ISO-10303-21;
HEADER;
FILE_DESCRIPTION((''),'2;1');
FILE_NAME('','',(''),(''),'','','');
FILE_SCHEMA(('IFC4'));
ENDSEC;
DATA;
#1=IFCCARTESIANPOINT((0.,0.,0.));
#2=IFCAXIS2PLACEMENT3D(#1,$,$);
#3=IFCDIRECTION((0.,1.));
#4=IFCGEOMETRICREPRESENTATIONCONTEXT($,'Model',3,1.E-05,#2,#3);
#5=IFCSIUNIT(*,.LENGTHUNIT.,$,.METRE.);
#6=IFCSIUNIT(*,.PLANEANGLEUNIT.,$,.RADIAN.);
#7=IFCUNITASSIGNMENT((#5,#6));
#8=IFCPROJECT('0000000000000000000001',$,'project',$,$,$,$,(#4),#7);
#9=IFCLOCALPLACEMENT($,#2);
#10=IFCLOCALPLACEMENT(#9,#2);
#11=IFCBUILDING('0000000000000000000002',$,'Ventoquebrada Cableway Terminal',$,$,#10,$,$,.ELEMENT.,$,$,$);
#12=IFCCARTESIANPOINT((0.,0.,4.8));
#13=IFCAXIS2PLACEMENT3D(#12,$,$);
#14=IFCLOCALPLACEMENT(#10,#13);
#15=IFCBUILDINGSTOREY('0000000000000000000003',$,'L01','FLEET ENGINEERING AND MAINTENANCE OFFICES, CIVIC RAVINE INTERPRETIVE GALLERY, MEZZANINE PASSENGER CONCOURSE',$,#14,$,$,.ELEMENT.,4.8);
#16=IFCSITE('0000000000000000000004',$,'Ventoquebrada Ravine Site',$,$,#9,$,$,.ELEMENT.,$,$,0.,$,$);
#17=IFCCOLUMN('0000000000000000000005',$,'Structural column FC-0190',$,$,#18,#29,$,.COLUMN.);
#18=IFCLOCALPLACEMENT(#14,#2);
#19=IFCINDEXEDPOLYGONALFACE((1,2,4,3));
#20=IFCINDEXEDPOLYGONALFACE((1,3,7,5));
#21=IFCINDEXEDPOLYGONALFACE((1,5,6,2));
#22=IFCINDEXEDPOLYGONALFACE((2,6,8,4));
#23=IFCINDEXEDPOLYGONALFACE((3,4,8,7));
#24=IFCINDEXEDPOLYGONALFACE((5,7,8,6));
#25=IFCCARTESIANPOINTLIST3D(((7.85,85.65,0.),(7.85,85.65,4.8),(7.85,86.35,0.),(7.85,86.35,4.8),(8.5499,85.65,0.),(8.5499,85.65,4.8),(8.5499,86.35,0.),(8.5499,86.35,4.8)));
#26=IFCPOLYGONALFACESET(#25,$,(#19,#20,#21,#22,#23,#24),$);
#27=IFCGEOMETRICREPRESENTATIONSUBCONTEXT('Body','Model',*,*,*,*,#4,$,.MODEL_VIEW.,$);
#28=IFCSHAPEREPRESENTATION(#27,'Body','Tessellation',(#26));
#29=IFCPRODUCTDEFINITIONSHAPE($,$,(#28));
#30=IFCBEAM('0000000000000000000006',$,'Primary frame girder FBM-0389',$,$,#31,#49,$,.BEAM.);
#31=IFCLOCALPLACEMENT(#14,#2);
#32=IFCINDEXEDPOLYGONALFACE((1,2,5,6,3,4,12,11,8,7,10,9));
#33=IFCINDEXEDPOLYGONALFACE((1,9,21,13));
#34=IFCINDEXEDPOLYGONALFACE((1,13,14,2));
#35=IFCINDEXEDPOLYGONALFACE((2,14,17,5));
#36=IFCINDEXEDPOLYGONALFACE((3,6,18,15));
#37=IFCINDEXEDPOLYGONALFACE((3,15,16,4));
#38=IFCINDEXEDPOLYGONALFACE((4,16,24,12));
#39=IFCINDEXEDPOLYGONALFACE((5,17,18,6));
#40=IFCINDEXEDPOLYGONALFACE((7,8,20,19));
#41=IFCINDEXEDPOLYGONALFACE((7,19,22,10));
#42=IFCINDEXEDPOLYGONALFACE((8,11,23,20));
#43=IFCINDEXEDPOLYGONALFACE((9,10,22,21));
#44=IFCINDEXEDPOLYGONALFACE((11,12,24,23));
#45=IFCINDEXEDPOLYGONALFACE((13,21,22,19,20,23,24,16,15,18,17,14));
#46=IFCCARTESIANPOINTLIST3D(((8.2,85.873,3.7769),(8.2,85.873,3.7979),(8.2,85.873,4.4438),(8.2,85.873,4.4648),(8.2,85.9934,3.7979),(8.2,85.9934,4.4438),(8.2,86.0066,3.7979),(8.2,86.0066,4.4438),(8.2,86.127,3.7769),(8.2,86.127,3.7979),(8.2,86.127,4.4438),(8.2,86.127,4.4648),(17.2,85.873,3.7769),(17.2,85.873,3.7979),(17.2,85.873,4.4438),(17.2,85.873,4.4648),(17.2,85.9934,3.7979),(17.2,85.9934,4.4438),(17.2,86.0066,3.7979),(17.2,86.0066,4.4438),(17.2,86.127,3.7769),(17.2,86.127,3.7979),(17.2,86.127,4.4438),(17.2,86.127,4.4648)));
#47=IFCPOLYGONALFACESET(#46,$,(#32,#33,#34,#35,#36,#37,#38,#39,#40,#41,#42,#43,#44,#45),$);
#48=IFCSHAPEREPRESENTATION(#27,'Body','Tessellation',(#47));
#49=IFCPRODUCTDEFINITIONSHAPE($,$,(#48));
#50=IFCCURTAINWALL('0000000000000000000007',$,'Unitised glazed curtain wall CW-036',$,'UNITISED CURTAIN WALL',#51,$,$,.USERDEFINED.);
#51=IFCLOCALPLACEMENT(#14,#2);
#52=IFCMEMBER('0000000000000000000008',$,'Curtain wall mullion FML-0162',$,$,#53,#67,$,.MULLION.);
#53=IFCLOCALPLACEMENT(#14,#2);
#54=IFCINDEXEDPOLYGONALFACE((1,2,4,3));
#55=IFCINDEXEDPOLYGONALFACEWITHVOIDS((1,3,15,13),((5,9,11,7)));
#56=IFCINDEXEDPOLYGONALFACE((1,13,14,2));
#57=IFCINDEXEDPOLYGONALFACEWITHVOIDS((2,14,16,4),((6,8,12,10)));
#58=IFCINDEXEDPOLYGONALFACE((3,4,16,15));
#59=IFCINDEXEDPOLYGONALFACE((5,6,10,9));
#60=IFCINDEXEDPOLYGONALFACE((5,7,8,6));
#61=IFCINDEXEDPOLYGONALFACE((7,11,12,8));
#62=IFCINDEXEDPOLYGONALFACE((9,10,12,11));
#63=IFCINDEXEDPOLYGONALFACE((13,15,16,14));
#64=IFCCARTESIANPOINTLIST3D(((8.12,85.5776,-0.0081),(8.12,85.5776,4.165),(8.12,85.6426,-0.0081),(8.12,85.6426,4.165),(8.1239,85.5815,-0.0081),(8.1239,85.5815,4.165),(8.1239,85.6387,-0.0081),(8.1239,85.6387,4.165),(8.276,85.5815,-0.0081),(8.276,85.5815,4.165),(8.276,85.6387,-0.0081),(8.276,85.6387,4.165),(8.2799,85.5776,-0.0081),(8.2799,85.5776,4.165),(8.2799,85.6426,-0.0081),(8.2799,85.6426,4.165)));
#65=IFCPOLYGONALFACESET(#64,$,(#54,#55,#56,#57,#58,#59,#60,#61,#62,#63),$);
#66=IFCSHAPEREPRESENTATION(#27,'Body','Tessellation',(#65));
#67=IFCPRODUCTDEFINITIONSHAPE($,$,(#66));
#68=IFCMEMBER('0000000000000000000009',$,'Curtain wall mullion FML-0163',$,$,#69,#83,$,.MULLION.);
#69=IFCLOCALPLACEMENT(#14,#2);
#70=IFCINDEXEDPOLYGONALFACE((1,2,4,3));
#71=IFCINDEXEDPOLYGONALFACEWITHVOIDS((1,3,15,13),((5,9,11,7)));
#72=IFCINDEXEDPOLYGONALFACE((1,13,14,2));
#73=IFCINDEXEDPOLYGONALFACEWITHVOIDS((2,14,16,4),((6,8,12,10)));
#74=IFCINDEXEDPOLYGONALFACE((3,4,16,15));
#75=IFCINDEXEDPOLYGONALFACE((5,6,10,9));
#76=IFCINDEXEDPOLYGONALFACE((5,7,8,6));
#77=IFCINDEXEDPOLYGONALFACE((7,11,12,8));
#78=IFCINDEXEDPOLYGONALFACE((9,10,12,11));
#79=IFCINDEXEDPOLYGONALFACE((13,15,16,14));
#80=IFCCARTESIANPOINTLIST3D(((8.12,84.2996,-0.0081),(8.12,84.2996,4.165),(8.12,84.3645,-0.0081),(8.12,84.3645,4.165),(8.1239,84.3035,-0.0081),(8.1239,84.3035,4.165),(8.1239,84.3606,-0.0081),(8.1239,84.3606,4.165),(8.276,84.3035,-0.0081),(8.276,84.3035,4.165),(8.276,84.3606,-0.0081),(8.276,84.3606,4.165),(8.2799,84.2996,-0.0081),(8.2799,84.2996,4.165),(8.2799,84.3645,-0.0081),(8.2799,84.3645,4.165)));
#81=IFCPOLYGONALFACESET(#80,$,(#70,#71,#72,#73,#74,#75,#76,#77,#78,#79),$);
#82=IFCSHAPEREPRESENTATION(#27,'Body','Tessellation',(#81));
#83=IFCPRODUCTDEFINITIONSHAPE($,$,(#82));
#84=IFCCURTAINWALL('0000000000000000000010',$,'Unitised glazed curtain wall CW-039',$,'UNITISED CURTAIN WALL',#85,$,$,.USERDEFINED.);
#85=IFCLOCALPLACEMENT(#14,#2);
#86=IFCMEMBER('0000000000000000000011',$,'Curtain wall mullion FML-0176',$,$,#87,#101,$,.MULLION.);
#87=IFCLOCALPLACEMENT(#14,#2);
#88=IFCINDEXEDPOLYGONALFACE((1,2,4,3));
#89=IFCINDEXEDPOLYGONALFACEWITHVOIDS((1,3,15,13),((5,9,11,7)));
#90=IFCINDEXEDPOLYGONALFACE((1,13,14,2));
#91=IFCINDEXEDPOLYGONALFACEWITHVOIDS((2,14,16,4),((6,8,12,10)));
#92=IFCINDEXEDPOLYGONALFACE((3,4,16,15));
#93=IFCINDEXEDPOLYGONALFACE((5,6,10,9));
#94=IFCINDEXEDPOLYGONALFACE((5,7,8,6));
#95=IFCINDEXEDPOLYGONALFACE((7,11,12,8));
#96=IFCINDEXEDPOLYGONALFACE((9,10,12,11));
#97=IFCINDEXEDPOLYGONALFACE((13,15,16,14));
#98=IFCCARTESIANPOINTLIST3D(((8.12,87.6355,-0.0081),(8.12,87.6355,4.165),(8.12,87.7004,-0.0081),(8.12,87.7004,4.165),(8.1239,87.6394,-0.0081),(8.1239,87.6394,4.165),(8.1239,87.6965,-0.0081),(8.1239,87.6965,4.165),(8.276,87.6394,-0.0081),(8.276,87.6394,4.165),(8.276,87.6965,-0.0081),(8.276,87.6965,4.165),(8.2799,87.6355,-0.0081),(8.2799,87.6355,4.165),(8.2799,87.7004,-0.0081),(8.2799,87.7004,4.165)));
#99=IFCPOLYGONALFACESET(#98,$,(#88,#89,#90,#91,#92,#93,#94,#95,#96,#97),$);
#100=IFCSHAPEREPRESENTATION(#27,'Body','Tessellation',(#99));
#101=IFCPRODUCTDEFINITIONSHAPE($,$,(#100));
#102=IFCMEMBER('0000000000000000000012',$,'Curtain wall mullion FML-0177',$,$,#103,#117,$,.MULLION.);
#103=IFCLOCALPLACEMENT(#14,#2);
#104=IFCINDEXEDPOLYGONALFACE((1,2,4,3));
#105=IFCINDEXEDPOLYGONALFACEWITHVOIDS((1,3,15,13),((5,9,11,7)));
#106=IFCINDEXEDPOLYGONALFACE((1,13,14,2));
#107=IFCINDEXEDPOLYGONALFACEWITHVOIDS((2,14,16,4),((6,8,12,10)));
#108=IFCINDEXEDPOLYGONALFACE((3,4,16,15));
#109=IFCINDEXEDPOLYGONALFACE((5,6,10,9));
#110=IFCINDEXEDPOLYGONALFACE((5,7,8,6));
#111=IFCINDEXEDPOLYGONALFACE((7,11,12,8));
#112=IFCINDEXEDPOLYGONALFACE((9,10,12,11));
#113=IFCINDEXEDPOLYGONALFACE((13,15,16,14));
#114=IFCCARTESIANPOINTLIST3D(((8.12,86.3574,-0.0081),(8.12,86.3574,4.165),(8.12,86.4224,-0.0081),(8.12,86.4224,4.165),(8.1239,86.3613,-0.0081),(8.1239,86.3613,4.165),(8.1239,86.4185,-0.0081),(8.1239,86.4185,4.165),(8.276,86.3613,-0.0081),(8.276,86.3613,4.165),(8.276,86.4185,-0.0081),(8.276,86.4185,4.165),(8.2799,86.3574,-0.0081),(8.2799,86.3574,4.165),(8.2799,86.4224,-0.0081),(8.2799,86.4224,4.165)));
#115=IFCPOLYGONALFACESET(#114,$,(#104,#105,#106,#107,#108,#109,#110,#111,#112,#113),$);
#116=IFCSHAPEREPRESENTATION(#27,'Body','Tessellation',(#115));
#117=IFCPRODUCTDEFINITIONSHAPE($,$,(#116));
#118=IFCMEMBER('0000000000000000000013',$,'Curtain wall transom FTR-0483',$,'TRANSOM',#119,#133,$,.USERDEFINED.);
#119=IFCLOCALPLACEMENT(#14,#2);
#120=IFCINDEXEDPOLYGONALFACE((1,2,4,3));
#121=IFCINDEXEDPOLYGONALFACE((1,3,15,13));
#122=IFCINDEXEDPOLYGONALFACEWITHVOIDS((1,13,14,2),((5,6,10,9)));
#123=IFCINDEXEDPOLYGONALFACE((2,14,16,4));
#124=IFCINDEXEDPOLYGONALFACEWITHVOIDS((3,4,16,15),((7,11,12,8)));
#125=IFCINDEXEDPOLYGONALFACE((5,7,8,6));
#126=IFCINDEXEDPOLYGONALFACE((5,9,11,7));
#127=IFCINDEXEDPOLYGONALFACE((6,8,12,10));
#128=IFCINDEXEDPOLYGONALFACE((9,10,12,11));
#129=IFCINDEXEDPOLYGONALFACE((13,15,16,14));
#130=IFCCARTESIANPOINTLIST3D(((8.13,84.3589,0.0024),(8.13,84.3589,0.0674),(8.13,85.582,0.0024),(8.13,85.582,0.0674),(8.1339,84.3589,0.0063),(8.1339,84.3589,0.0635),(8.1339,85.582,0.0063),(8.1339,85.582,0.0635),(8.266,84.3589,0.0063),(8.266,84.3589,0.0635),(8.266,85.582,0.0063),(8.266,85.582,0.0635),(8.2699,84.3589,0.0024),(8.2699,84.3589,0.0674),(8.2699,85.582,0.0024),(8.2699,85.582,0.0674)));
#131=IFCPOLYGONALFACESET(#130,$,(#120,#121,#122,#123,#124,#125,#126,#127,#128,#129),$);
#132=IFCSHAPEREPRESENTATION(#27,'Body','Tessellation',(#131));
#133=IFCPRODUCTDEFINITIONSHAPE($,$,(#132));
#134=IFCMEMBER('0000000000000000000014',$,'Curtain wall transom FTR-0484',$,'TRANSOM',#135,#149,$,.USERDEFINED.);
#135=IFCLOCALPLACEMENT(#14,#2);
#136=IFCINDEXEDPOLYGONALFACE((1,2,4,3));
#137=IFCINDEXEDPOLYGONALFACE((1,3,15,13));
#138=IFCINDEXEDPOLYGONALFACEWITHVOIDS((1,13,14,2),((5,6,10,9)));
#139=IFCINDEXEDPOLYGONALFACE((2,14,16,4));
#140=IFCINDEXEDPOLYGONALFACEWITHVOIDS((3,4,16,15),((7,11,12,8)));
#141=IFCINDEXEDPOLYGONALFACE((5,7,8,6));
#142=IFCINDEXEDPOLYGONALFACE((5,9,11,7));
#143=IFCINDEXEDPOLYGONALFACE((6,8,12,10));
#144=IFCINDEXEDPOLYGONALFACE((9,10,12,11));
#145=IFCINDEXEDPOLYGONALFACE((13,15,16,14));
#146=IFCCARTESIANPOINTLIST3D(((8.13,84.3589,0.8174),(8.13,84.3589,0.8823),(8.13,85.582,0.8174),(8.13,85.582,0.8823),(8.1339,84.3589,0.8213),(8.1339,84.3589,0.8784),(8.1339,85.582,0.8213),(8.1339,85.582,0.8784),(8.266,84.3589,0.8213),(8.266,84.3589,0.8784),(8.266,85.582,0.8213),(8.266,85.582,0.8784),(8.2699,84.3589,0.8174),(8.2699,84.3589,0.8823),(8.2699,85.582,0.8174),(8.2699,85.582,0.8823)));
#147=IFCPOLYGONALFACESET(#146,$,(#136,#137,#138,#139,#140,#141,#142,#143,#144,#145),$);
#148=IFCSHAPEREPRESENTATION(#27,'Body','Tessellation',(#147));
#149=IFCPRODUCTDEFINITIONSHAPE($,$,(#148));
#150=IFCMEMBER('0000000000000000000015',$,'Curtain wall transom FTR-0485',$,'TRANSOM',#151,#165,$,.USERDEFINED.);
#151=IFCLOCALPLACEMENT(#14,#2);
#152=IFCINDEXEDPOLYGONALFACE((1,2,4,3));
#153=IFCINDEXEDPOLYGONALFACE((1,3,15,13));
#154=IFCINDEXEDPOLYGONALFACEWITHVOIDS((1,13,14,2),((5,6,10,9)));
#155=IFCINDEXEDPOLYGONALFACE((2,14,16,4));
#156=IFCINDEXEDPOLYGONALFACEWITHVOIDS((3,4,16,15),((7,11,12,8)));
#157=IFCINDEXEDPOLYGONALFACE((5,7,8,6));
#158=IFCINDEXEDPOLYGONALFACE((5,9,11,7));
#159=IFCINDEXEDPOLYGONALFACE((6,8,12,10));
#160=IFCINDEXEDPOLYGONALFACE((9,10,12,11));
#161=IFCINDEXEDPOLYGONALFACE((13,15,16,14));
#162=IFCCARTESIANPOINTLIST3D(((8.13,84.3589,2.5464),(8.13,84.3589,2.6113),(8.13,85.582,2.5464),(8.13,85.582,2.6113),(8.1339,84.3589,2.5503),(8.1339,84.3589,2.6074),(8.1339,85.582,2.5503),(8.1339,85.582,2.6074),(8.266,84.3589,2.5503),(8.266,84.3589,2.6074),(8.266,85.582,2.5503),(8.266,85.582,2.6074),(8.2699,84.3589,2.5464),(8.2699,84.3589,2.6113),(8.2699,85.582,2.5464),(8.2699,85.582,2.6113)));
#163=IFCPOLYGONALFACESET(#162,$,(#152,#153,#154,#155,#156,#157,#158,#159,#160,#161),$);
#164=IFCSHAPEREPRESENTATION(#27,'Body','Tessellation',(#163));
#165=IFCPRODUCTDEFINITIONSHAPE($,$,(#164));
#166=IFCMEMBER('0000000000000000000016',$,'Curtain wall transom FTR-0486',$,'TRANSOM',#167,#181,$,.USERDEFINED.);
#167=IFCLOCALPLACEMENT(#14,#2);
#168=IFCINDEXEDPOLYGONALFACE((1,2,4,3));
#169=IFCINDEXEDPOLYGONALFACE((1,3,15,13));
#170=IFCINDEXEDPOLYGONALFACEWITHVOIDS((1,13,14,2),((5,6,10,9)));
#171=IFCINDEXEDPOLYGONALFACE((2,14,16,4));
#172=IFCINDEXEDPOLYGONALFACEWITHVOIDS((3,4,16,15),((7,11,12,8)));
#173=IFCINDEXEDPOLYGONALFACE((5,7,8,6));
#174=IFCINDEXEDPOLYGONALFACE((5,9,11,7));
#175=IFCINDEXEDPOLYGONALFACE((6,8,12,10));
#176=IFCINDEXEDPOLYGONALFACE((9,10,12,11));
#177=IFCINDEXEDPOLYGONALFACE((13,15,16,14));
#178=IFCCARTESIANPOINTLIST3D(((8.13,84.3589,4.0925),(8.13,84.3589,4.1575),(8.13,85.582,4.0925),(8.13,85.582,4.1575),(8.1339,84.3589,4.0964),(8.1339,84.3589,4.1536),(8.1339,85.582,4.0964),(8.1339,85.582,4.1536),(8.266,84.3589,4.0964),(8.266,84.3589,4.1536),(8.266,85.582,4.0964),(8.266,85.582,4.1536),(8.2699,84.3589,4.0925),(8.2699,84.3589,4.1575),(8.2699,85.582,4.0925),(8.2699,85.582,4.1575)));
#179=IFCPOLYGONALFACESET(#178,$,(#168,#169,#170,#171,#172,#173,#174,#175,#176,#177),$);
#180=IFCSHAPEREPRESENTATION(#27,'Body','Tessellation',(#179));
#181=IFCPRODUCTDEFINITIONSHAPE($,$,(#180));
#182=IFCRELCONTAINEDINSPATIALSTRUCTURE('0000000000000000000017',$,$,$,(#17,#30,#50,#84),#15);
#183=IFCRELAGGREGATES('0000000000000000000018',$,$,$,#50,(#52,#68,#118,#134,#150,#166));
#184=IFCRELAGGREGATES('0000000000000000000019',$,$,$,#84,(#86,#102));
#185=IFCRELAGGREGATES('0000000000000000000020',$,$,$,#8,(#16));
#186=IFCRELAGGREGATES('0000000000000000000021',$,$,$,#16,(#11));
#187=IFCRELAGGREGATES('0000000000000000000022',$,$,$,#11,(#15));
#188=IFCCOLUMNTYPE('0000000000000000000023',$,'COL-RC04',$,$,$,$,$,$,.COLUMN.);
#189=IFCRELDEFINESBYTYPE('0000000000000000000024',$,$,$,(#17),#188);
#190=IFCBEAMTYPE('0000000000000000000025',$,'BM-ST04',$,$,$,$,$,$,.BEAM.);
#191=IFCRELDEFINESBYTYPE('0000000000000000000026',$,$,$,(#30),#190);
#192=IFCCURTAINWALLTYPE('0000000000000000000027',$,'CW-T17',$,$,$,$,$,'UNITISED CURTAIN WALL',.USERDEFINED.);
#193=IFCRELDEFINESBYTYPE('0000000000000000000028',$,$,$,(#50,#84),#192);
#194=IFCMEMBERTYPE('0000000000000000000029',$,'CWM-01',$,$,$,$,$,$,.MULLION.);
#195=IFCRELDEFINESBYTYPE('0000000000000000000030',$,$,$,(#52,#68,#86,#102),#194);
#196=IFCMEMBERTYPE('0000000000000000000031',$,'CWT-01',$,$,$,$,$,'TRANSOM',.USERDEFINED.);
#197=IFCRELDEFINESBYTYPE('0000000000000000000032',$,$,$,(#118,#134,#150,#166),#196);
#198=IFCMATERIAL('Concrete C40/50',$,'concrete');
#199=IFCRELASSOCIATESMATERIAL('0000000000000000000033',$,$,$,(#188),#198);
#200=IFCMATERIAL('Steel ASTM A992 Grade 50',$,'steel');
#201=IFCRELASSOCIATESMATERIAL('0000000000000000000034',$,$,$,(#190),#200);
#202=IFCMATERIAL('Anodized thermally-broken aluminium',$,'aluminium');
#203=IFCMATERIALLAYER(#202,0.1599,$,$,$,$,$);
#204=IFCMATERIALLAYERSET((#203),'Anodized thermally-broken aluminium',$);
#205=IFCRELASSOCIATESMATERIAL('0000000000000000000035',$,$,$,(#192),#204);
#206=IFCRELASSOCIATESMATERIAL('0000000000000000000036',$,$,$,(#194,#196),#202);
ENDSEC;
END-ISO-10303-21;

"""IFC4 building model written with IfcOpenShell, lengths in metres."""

from ifc_helpers import new_model, si_unit, direction, frame, origin, origin_2d, place, context, subcontext, project, spatial, rectangle, hollow_rectangle, i_section, extrude, material, layer, layer_set, material_profile, profile_set, type_object, element, aggregate, save


model = new_model("IFC4")

# Units and contexts
model_context = context("Model", 3, precision=1e-05, world=origin(), true_north=direction((0.0, 1.0)))
body_context = subcontext(model_context, "Body", "Model", "MODEL_VIEW")
ifc_project = project(units=[si_unit("LENGTHUNIT", "METRE"), si_unit("PLANEANGLEUNIT", "RADIAN")], contexts=[model_context])

# Site, building, storey
site_placement = place(None, origin())
site = spatial("IfcSite", under=ifc_project, at=site_placement, Name="Ventoquebrada Ravine Site", CompositionType="ELEMENT", RefElevation=0.0)
building_placement = place(site_placement, origin())
building = spatial("IfcBuilding", under=site, at=building_placement, Name="Ventoquebrada Cableway Terminal", CompositionType="ELEMENT")
storey_placement = place(building_placement, frame((0.0, 0.0, 4.8)))
storey = spatial("IfcBuildingStorey", under=building, at=storey_placement, Name="L01", Description="FLEET ENGINEERING AND MAINTENANCE OFFICES, CIVIC RAVINE INTERPRETIVE GALLERY, MEZZANINE PASSENGER CONCOURSE", CompositionType="ELEMENT", Elevation=4.8)

# Column
ifc_material_1 = material(Name="Concrete C40/50", Category="concrete")
ifc_material_profile_1 = material_profile(ifc_material_1, rectangle(XDim=0.7, YDim=0.7, at=origin_2d()), Name="RC-COL-700X700")
ifc_profile_set_1 = profile_set([ifc_material_profile_1], Name="Concrete C40/50")
column_type = type_object("IfcColumnType", Name="COL-RC04", PredefinedType="COLUMN", material=ifc_profile_set_1)
column_placement = place(storey_placement, frame((8.2, 86.0, 0.0), z_axis=(0.0, 0.0, 1.0), x_axis=(1.0, 0.0, 0.0)))
element("IfcColumn", 1, at=column_placement, inside=storey, type_object=column_type, Name="Structural column FC-0190", PredefinedType="COLUMN", context=body_context, shape_type="SweptSolid", body=[
    extrude(rectangle(XDim=0.7, YDim=0.7, at=origin_2d()), origin(), (0.0, 0.0, 1.0), 4.8),
])

# Beam
ifc_material_2 = material(Name="Steel ASTM A992 Grade 50", Category="steel")
ifc_material_profile_2 = material_profile(ifc_material_2, i_section(OverallWidth=0.2539, OverallDepth=0.688, WebThickness=0.0132, FlangeThickness=0.021, at=origin_2d()), Name="W27X102")
ifc_profile_set_2 = profile_set([ifc_material_profile_2], Name="Steel ASTM A992 Grade 50")
beam_type_1 = type_object("IfcBeamType", Name="BM-ST04", PredefinedType="BEAM", material=ifc_profile_set_2)
beam_1_placement = place(storey_placement, frame((8.2, 86.0, 4.1208), z_axis=(1.0, 0.0, 0.0), x_axis=(0.0, 1.0, 0.0)))
element("IfcBeam", 2, at=beam_1_placement, inside=storey, type_object=beam_type_1, Name="Primary frame girder FBM-0389", PredefinedType="BEAM", context=body_context, shape_type="SweptSolid", body=[
    extrude(i_section(OverallWidth=0.2539, OverallDepth=0.688, WebThickness=0.0132, FlangeThickness=0.021, at=origin_2d()), origin(), (0.0, 0.0, 1.0), 9.0),
])

# Curtain walls, members
ifc_material_3 = material(Name="Anodized thermally-broken aluminium", Category="aluminium")
ifc_layer_1 = layer(ifc_material_3, 0.1599)
ifc_layer_set_1 = layer_set([ifc_layer_1], Name="Anodized thermally-broken aluminium")
curtain_wall_type = type_object("IfcCurtainWallType", Name="CW-T17", ElementType="UNITISED CURTAIN WALL", PredefinedType="USERDEFINED", material=ifc_layer_set_1)
curtain_wall_1_placement = place(storey_placement, origin())
curtain_wall_1 = element("IfcCurtainWall", 3, at=curtain_wall_1_placement, inside=storey, type_object=curtain_wall_type, Name="Unitised glazed curtain wall CW-036", ObjectType="UNITISED CURTAIN WALL", PredefinedType="USERDEFINED")
ifc_material_profile_3 = material_profile(ifc_material_3, hollow_rectangle(XDim=0.0649, YDim=0.1599, WallThickness=0.0039, at=origin_2d()), Name="CW-MUL-65X160")
ifc_profile_set_3 = profile_set([ifc_material_profile_3], Name="Anodized thermally-broken aluminium")
member_type_1 = type_object("IfcMemberType", Name="CWM-01", PredefinedType="MULLION", material=ifc_profile_set_3)
member_1_placement = place(storey_placement, frame((8.2, 85.6101, -0.0081), z_axis=(0.0, 0.0, 1.0), x_axis=(0.0, -1.0, 0.0)))
member_1 = element("IfcMember", 4, at=member_1_placement, type_object=member_type_1, Name="Curtain wall mullion FML-0162", PredefinedType="MULLION", context=body_context, shape_type="SweptSolid", body=[
    extrude(hollow_rectangle(XDim=0.0649, YDim=0.1599, WallThickness=0.0039, at=origin_2d()), origin(), (0.0, 0.0, 1.0), 4.1731),
])
member_2_placement = place(storey_placement, frame((8.2, 84.332, -0.0081), z_axis=(0.0, 0.0, 1.0), x_axis=(0.0, -1.0, 0.0)))
member_2 = element("IfcMember", 5, at=member_2_placement, type_object=member_type_1, Name="Curtain wall mullion FML-0163", PredefinedType="MULLION", context=body_context, shape_type="SweptSolid", body=[
    extrude(hollow_rectangle(XDim=0.0649, YDim=0.1599, WallThickness=0.0039, at=origin_2d()), origin(), (0.0, 0.0, 1.0), 4.1731),
])
curtain_wall_2_placement = place(storey_placement, origin())
curtain_wall_2 = element("IfcCurtainWall", 6, at=curtain_wall_2_placement, inside=storey, type_object=curtain_wall_type, Name="Unitised glazed curtain wall CW-039", ObjectType="UNITISED CURTAIN WALL", PredefinedType="USERDEFINED")
member_3_placement = place(storey_placement, frame((8.2, 87.668, -0.0081), z_axis=(0.0, 0.0, 1.0), x_axis=(0.0, -1.0, 0.0)))
member_3 = element("IfcMember", 7, at=member_3_placement, type_object=member_type_1, Name="Curtain wall mullion FML-0176", PredefinedType="MULLION", context=body_context, shape_type="SweptSolid", body=[
    extrude(hollow_rectangle(XDim=0.0649, YDim=0.1599, WallThickness=0.0039, at=origin_2d()), origin(), (0.0, 0.0, 1.0), 4.1731),
])
member_4_placement = place(storey_placement, frame((8.2, 86.3899, -0.0081), z_axis=(0.0, 0.0, 1.0), x_axis=(0.0, -1.0, 0.0)))
member_4 = element("IfcMember", 8, at=member_4_placement, type_object=member_type_1, Name="Curtain wall mullion FML-0177", PredefinedType="MULLION", context=body_context, shape_type="SweptSolid", body=[
    extrude(hollow_rectangle(XDim=0.0649, YDim=0.1599, WallThickness=0.0039, at=origin_2d()), origin(), (0.0, 0.0, 1.0), 4.1731),
])

# Members
ifc_material_profile_4 = material_profile(ifc_material_3, hollow_rectangle(XDim=0.0649, YDim=0.1399, WallThickness=0.0039, at=origin_2d()), Name="CW-TRN-65X140")
ifc_profile_set_4 = profile_set([ifc_material_profile_4], Name="Anodized thermally-broken aluminium")
member_type_2 = type_object("IfcMemberType", Name="CWT-01", ElementType="TRANSOM", PredefinedType="USERDEFINED", material=ifc_profile_set_4)
member_5_placement = place(storey_placement, frame((8.2, 85.582, 0.0349), z_axis=(0.0, -1.0, 0.0), x_axis=(0.0, 0.0, 1.0)))
member_5 = element("IfcMember", 9, at=member_5_placement, type_object=member_type_2, Name="Curtain wall transom FTR-0483", ObjectType="TRANSOM", PredefinedType="USERDEFINED", context=body_context, shape_type="SweptSolid", body=[
    extrude(hollow_rectangle(XDim=0.0649, YDim=0.1399, WallThickness=0.0039, at=origin_2d()), origin(), (0.0, 0.0, 1.0), 1.2231),
])
member_6_placement = place(storey_placement, frame((8.2, 85.582, 0.8499), z_axis=(0.0, -1.0, 0.0), x_axis=(0.0, 0.0, 1.0)))
member_6 = element("IfcMember", 10, at=member_6_placement, type_object=member_type_2, Name="Curtain wall transom FTR-0484", ObjectType="TRANSOM", PredefinedType="USERDEFINED", context=body_context, shape_type="SweptSolid", body=[
    extrude(hollow_rectangle(XDim=0.0649, YDim=0.1399, WallThickness=0.0039, at=origin_2d()), origin(), (0.0, 0.0, 1.0), 1.2231),
])
member_7_placement = place(storey_placement, frame((8.2, 85.582, 2.5789), z_axis=(0.0, -1.0, 0.0), x_axis=(0.0, 0.0, 1.0)))
member_7 = element("IfcMember", 11, at=member_7_placement, type_object=member_type_2, Name="Curtain wall transom FTR-0485", ObjectType="TRANSOM", PredefinedType="USERDEFINED", context=body_context, shape_type="SweptSolid", body=[
    extrude(hollow_rectangle(XDim=0.0649, YDim=0.1399, WallThickness=0.0039, at=origin_2d()), origin(), (0.0, 0.0, 1.0), 1.2231),
])
member_8_placement = place(storey_placement, frame((8.2, 85.582, 4.125), z_axis=(0.0, -1.0, 0.0), x_axis=(0.0, 0.0, 1.0)))
member_8 = element("IfcMember", 12, at=member_8_placement, type_object=member_type_2, Name="Curtain wall transom FTR-0486", ObjectType="TRANSOM", PredefinedType="USERDEFINED", context=body_context, shape_type="SweptSolid", body=[
    extrude(hollow_rectangle(XDim=0.0649, YDim=0.1399, WallThickness=0.0039, at=origin_2d()), origin(), (0.0, 0.0, 1.0), 1.2231),
])

aggregate(curtain_wall_1, [member_1, member_2, member_5, member_6, member_7, member_8])
aggregate(curtain_wall_2, [member_3, member_4])

save(model, "model.ifc")
